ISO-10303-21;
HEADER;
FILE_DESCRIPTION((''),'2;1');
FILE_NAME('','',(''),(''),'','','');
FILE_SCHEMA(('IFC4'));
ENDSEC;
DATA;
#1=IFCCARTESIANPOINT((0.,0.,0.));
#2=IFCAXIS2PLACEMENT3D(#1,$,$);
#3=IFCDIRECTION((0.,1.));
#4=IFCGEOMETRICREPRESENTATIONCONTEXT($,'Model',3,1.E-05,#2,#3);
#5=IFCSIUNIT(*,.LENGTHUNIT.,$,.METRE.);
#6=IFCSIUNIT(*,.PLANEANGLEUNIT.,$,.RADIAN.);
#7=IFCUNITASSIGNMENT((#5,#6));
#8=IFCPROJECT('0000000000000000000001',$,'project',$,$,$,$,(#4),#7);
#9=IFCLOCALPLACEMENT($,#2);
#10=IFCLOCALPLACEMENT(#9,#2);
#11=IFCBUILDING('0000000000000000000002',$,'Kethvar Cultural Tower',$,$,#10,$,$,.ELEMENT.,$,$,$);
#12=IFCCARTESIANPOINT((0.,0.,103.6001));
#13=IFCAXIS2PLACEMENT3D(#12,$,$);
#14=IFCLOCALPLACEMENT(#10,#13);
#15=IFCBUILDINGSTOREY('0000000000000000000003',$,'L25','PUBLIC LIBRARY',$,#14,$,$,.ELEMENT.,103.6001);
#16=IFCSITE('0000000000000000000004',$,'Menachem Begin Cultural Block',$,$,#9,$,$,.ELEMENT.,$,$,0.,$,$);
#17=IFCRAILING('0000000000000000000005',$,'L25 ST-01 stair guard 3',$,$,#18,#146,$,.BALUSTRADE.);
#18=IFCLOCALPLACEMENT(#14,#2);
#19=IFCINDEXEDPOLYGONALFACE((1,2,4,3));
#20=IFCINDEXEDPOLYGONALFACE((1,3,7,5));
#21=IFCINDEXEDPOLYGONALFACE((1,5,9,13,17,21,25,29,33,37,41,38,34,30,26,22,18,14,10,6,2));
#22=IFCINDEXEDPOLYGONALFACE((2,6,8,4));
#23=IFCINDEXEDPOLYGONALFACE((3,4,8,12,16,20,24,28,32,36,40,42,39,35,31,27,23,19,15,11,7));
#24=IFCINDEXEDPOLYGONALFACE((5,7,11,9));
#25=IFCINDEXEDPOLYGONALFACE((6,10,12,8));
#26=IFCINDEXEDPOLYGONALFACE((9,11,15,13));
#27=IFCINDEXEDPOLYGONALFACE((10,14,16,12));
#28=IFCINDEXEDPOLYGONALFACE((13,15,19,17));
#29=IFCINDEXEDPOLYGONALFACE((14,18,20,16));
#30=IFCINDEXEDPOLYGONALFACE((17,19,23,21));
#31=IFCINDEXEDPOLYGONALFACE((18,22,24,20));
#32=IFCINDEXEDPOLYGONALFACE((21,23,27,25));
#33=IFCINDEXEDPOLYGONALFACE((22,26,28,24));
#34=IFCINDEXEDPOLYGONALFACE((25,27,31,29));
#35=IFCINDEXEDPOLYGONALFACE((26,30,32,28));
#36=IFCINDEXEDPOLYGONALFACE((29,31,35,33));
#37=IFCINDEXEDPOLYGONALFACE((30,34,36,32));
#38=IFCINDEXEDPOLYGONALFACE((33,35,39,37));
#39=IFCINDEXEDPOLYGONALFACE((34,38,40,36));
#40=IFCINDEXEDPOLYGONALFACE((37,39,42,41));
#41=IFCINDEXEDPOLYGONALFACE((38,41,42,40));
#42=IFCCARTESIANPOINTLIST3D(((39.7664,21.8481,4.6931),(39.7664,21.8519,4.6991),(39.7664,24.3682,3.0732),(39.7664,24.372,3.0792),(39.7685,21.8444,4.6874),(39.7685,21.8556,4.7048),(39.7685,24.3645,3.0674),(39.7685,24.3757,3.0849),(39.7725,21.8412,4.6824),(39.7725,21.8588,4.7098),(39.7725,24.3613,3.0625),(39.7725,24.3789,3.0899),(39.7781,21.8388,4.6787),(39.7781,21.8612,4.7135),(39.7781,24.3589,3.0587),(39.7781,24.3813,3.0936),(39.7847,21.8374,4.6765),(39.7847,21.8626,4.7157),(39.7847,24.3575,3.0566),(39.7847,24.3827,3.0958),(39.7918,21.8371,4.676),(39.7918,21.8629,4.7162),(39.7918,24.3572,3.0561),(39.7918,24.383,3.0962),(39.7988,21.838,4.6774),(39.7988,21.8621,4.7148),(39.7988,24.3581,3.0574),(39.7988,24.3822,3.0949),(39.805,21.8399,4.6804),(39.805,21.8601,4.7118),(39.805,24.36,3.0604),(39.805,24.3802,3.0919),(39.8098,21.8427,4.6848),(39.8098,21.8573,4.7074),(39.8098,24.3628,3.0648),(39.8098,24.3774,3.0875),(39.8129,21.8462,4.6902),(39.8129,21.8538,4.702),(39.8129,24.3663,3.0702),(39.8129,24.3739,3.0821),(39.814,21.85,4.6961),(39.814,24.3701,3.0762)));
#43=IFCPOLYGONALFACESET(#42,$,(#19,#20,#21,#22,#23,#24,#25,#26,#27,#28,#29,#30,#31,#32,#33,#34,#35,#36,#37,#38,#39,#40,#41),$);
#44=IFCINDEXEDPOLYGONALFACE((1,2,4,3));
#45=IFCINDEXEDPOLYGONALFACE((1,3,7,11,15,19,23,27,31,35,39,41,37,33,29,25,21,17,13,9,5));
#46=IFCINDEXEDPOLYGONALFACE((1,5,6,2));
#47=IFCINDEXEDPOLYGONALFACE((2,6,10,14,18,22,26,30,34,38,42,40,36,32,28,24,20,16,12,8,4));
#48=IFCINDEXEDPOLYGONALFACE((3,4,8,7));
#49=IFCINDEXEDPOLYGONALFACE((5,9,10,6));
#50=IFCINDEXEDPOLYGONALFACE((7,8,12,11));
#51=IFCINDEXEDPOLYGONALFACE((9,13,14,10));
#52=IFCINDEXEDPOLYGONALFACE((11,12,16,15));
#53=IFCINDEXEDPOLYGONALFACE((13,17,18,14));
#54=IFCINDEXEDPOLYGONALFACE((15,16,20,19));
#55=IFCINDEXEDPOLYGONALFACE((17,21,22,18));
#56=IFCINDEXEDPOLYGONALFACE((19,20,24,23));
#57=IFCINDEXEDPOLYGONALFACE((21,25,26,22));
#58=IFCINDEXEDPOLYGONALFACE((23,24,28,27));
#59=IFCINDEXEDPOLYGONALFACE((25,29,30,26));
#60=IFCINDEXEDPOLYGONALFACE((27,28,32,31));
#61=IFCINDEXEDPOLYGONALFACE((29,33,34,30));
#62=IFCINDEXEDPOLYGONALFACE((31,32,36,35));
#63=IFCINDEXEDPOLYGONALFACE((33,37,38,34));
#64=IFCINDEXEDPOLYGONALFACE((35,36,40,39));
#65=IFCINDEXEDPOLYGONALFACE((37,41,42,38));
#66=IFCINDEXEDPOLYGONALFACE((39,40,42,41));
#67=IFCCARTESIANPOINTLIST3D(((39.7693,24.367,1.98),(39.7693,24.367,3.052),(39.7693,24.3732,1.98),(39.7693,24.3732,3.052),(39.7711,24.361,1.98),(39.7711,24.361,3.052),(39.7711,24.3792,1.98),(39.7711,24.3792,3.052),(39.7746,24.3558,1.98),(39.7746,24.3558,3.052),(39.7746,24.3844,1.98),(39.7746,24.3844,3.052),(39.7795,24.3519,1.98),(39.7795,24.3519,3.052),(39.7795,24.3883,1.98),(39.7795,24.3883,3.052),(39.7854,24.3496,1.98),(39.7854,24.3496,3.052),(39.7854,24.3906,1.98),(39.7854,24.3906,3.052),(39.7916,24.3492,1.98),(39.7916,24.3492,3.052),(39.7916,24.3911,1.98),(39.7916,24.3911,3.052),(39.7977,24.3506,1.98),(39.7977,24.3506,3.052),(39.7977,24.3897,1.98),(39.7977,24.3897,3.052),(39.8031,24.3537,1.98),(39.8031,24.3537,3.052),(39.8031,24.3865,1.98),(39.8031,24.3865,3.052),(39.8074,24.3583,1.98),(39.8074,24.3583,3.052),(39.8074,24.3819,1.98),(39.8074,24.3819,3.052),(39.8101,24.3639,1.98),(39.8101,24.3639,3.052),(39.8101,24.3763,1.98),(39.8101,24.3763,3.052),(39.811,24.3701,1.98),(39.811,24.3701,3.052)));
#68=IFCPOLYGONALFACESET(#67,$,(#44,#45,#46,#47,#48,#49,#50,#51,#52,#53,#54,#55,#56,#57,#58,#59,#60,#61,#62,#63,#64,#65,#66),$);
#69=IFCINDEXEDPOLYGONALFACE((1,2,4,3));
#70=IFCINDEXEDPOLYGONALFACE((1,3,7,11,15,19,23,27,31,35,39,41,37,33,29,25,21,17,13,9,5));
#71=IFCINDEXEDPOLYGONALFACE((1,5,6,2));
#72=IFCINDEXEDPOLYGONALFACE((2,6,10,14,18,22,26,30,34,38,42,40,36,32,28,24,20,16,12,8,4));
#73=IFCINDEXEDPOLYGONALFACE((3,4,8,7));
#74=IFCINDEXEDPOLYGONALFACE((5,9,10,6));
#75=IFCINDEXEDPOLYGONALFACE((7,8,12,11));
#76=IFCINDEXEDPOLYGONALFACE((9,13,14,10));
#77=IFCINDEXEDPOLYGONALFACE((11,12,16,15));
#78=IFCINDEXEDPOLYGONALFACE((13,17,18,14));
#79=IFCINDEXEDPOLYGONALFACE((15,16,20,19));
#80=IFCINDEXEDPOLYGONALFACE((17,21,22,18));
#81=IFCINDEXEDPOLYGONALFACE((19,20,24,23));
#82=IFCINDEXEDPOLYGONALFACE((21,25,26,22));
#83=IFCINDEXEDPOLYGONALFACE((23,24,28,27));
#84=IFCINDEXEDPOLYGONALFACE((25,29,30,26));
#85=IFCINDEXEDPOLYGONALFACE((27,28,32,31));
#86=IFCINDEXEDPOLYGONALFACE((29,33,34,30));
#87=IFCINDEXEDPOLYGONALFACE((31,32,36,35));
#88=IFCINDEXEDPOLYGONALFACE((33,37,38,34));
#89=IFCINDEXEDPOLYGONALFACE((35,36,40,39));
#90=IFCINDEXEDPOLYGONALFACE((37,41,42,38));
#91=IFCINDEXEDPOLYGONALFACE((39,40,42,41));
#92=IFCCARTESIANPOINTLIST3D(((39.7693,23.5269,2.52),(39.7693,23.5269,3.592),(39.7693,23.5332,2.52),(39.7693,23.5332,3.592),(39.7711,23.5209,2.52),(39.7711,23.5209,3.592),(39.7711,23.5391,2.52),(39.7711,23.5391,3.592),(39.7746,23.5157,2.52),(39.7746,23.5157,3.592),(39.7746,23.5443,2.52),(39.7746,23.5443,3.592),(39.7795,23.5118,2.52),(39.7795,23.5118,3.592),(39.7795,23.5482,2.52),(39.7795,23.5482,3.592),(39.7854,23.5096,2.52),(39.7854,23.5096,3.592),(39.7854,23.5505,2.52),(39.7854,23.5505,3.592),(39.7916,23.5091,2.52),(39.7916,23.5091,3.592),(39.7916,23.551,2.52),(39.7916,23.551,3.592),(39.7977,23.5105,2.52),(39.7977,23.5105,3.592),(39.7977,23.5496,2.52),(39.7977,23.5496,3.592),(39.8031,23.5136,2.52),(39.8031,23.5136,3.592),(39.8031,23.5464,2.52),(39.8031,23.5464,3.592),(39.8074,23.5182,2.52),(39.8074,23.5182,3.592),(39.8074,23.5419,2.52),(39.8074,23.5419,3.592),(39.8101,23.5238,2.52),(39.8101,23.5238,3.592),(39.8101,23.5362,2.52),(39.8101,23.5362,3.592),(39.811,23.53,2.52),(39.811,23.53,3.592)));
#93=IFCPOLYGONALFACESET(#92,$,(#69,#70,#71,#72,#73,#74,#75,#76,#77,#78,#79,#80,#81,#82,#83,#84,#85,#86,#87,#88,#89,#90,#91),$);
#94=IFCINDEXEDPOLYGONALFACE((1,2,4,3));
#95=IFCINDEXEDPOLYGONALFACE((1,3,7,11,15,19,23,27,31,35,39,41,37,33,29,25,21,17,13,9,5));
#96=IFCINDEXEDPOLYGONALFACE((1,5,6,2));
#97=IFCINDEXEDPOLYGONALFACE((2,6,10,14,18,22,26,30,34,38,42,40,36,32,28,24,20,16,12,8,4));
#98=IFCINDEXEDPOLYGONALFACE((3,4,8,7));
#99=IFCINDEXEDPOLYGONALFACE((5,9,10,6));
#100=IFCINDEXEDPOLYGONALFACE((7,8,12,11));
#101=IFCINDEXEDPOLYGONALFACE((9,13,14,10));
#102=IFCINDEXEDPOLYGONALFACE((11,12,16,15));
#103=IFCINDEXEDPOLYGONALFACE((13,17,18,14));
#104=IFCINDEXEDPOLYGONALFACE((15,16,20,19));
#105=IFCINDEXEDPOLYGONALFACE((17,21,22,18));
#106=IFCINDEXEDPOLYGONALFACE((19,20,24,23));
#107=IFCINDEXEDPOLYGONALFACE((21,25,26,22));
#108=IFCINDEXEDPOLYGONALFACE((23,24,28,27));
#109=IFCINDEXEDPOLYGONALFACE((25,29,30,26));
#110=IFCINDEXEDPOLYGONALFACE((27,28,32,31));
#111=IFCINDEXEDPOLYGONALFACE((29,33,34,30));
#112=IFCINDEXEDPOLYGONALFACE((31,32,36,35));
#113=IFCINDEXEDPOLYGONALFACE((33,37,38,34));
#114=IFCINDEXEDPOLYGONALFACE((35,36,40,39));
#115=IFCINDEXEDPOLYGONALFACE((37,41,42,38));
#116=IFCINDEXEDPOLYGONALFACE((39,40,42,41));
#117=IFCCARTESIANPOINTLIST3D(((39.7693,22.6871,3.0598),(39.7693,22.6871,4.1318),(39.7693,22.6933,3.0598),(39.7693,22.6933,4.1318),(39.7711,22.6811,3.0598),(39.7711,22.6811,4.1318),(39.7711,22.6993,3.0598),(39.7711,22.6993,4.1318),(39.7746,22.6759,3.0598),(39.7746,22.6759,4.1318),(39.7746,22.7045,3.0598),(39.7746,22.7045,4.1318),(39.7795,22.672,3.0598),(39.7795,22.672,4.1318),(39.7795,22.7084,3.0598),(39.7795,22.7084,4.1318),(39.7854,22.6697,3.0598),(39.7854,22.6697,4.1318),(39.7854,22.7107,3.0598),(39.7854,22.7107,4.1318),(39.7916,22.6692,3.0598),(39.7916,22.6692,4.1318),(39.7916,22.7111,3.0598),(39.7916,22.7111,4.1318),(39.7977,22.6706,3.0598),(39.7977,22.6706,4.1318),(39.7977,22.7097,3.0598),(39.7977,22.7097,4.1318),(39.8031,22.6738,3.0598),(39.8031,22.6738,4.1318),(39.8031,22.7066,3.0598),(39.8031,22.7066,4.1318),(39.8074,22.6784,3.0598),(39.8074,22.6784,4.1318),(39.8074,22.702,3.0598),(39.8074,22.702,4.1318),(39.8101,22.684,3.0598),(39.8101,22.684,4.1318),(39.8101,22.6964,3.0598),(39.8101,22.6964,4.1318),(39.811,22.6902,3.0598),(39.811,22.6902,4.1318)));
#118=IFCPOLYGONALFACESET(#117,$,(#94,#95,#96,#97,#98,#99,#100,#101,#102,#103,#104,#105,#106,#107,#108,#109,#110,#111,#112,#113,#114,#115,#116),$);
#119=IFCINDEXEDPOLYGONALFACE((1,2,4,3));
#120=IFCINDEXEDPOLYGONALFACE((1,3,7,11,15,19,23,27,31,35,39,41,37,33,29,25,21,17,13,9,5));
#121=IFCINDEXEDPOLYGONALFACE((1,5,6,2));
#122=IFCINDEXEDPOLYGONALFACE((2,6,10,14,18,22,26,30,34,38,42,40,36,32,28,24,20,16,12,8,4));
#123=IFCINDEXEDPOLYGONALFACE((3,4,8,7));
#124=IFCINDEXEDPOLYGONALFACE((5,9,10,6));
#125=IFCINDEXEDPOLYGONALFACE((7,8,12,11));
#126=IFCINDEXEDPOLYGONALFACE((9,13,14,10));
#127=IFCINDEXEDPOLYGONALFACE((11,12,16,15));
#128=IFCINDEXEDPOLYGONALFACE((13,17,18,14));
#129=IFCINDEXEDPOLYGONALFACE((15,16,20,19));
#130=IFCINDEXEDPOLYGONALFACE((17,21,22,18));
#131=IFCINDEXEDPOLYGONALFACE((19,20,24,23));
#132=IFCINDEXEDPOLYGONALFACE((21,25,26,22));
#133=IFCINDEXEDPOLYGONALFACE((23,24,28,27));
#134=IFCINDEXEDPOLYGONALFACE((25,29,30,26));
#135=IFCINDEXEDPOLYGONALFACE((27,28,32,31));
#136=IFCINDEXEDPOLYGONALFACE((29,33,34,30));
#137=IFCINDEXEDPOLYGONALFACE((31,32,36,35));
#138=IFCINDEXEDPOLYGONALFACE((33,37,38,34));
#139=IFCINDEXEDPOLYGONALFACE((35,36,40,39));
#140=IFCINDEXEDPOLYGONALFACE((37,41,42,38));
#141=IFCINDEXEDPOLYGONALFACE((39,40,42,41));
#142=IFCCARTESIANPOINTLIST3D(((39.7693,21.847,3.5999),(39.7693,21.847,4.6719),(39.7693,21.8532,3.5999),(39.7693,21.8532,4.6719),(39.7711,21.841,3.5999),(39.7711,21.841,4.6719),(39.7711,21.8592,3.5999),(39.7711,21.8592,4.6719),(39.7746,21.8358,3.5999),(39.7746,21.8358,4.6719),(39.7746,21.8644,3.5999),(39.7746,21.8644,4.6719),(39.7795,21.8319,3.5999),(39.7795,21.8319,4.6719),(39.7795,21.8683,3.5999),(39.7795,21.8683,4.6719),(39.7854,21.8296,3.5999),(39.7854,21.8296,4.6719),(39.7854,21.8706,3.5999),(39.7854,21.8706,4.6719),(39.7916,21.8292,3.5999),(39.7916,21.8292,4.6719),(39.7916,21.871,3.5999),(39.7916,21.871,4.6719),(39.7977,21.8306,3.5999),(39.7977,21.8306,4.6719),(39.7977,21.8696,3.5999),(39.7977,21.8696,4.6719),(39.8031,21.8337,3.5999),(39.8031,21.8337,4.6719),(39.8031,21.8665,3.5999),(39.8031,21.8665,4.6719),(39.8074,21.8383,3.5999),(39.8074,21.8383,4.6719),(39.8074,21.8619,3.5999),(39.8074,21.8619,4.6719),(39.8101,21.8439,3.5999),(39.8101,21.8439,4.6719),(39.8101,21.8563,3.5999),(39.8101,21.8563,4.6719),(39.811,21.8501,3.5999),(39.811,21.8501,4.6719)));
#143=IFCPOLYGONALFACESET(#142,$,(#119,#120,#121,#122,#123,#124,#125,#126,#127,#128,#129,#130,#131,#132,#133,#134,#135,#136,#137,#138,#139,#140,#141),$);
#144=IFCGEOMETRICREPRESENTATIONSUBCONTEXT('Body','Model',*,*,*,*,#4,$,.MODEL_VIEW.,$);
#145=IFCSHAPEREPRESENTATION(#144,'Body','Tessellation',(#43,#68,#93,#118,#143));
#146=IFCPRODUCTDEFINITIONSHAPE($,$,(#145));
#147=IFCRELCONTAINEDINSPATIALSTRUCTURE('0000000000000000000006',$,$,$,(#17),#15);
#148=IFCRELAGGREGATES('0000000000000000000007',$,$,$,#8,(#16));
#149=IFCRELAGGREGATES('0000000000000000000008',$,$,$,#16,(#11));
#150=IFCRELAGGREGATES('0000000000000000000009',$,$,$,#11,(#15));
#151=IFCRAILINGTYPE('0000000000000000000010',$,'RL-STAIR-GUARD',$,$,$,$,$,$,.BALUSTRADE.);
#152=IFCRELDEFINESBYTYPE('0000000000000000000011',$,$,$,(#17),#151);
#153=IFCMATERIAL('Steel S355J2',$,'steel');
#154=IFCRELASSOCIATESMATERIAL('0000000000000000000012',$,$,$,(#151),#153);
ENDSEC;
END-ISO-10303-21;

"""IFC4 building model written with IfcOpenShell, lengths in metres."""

from ifc_helpers import new_model, si_unit, direction, frame, origin, origin_2d, place, context, subcontext, project, spatial, circle, extrude, material, type_object, element, save


model = new_model("IFC4")

# Units and contexts
model_context = context("Model", 3, precision=1e-05, world=origin(), true_north=direction((0.0, 1.0)))
body_context = subcontext(model_context, "Body", "Model", "MODEL_VIEW")
ifc_project = project(units=[si_unit("LENGTHUNIT", "METRE"), si_unit("PLANEANGLEUNIT", "RADIAN")], contexts=[model_context])

# Site, building, storey
site_placement = place(None, origin())
site = spatial("IfcSite", under=ifc_project, at=site_placement, Name="Menachem Begin Cultural Block", CompositionType="ELEMENT", RefElevation=0.0)
building_placement = place(site_placement, origin())
building = spatial("IfcBuilding", under=site, at=building_placement, Name="Kethvar Cultural Tower", CompositionType="ELEMENT")
storey_placement = place(building_placement, frame((0.0, 0.0, 103.6001)))
storey = spatial("IfcBuildingStorey", under=building, at=storey_placement, Name="L25", Description="PUBLIC LIBRARY", CompositionType="ELEMENT", Elevation=103.6001)

# Shared definitions
ifc_material_1 = material(Name="Steel S355J2", Category="steel")

# Railing
railing_type_1 = type_object("IfcRailingType", Name="RL-STAIR-GUARD", PredefinedType="BALUSTRADE", material=ifc_material_1)
railing_1_placement = place(storey_placement, frame((39.79, 24.3701, 1.98)))
element("IfcRailing", 1, at=railing_1_placement, inside=storey, type_object=railing_type_1, Name="L25 ST-01 stair guard 3", PredefinedType="BALUSTRADE", context=body_context, shape_type="SweptSolid", body=[
    extrude(circle(Radius=0.0239, at=origin_2d()), frame((0.0, 0.0, 1.0962), z_axis=(0.0, -0.8412, 0.540725), x_axis=(1.0, 0.0, 0.0)), (0.0, 0.0, 1.0), 2.9958),
    extrude(circle(Radius=0.021, at=origin_2d()), origin(), (0.0, 0.0, 1.0), 1.072),
    extrude(circle(Radius=0.021, at=origin_2d()), frame((0.0, -0.8401, 0.54)), (0.0, 0.0, 1.0), 1.072),
    extrude(circle(Radius=0.021, at=origin_2d()), frame((0.0, -1.6799, 1.0798)), (0.0, 0.0, 1.0), 1.072),
    extrude(circle(Radius=0.021, at=origin_2d()), frame((0.0, -2.52, 1.6199)), (0.0, 0.0, 1.0), 1.072),
])

save(model, "model.ifc")
